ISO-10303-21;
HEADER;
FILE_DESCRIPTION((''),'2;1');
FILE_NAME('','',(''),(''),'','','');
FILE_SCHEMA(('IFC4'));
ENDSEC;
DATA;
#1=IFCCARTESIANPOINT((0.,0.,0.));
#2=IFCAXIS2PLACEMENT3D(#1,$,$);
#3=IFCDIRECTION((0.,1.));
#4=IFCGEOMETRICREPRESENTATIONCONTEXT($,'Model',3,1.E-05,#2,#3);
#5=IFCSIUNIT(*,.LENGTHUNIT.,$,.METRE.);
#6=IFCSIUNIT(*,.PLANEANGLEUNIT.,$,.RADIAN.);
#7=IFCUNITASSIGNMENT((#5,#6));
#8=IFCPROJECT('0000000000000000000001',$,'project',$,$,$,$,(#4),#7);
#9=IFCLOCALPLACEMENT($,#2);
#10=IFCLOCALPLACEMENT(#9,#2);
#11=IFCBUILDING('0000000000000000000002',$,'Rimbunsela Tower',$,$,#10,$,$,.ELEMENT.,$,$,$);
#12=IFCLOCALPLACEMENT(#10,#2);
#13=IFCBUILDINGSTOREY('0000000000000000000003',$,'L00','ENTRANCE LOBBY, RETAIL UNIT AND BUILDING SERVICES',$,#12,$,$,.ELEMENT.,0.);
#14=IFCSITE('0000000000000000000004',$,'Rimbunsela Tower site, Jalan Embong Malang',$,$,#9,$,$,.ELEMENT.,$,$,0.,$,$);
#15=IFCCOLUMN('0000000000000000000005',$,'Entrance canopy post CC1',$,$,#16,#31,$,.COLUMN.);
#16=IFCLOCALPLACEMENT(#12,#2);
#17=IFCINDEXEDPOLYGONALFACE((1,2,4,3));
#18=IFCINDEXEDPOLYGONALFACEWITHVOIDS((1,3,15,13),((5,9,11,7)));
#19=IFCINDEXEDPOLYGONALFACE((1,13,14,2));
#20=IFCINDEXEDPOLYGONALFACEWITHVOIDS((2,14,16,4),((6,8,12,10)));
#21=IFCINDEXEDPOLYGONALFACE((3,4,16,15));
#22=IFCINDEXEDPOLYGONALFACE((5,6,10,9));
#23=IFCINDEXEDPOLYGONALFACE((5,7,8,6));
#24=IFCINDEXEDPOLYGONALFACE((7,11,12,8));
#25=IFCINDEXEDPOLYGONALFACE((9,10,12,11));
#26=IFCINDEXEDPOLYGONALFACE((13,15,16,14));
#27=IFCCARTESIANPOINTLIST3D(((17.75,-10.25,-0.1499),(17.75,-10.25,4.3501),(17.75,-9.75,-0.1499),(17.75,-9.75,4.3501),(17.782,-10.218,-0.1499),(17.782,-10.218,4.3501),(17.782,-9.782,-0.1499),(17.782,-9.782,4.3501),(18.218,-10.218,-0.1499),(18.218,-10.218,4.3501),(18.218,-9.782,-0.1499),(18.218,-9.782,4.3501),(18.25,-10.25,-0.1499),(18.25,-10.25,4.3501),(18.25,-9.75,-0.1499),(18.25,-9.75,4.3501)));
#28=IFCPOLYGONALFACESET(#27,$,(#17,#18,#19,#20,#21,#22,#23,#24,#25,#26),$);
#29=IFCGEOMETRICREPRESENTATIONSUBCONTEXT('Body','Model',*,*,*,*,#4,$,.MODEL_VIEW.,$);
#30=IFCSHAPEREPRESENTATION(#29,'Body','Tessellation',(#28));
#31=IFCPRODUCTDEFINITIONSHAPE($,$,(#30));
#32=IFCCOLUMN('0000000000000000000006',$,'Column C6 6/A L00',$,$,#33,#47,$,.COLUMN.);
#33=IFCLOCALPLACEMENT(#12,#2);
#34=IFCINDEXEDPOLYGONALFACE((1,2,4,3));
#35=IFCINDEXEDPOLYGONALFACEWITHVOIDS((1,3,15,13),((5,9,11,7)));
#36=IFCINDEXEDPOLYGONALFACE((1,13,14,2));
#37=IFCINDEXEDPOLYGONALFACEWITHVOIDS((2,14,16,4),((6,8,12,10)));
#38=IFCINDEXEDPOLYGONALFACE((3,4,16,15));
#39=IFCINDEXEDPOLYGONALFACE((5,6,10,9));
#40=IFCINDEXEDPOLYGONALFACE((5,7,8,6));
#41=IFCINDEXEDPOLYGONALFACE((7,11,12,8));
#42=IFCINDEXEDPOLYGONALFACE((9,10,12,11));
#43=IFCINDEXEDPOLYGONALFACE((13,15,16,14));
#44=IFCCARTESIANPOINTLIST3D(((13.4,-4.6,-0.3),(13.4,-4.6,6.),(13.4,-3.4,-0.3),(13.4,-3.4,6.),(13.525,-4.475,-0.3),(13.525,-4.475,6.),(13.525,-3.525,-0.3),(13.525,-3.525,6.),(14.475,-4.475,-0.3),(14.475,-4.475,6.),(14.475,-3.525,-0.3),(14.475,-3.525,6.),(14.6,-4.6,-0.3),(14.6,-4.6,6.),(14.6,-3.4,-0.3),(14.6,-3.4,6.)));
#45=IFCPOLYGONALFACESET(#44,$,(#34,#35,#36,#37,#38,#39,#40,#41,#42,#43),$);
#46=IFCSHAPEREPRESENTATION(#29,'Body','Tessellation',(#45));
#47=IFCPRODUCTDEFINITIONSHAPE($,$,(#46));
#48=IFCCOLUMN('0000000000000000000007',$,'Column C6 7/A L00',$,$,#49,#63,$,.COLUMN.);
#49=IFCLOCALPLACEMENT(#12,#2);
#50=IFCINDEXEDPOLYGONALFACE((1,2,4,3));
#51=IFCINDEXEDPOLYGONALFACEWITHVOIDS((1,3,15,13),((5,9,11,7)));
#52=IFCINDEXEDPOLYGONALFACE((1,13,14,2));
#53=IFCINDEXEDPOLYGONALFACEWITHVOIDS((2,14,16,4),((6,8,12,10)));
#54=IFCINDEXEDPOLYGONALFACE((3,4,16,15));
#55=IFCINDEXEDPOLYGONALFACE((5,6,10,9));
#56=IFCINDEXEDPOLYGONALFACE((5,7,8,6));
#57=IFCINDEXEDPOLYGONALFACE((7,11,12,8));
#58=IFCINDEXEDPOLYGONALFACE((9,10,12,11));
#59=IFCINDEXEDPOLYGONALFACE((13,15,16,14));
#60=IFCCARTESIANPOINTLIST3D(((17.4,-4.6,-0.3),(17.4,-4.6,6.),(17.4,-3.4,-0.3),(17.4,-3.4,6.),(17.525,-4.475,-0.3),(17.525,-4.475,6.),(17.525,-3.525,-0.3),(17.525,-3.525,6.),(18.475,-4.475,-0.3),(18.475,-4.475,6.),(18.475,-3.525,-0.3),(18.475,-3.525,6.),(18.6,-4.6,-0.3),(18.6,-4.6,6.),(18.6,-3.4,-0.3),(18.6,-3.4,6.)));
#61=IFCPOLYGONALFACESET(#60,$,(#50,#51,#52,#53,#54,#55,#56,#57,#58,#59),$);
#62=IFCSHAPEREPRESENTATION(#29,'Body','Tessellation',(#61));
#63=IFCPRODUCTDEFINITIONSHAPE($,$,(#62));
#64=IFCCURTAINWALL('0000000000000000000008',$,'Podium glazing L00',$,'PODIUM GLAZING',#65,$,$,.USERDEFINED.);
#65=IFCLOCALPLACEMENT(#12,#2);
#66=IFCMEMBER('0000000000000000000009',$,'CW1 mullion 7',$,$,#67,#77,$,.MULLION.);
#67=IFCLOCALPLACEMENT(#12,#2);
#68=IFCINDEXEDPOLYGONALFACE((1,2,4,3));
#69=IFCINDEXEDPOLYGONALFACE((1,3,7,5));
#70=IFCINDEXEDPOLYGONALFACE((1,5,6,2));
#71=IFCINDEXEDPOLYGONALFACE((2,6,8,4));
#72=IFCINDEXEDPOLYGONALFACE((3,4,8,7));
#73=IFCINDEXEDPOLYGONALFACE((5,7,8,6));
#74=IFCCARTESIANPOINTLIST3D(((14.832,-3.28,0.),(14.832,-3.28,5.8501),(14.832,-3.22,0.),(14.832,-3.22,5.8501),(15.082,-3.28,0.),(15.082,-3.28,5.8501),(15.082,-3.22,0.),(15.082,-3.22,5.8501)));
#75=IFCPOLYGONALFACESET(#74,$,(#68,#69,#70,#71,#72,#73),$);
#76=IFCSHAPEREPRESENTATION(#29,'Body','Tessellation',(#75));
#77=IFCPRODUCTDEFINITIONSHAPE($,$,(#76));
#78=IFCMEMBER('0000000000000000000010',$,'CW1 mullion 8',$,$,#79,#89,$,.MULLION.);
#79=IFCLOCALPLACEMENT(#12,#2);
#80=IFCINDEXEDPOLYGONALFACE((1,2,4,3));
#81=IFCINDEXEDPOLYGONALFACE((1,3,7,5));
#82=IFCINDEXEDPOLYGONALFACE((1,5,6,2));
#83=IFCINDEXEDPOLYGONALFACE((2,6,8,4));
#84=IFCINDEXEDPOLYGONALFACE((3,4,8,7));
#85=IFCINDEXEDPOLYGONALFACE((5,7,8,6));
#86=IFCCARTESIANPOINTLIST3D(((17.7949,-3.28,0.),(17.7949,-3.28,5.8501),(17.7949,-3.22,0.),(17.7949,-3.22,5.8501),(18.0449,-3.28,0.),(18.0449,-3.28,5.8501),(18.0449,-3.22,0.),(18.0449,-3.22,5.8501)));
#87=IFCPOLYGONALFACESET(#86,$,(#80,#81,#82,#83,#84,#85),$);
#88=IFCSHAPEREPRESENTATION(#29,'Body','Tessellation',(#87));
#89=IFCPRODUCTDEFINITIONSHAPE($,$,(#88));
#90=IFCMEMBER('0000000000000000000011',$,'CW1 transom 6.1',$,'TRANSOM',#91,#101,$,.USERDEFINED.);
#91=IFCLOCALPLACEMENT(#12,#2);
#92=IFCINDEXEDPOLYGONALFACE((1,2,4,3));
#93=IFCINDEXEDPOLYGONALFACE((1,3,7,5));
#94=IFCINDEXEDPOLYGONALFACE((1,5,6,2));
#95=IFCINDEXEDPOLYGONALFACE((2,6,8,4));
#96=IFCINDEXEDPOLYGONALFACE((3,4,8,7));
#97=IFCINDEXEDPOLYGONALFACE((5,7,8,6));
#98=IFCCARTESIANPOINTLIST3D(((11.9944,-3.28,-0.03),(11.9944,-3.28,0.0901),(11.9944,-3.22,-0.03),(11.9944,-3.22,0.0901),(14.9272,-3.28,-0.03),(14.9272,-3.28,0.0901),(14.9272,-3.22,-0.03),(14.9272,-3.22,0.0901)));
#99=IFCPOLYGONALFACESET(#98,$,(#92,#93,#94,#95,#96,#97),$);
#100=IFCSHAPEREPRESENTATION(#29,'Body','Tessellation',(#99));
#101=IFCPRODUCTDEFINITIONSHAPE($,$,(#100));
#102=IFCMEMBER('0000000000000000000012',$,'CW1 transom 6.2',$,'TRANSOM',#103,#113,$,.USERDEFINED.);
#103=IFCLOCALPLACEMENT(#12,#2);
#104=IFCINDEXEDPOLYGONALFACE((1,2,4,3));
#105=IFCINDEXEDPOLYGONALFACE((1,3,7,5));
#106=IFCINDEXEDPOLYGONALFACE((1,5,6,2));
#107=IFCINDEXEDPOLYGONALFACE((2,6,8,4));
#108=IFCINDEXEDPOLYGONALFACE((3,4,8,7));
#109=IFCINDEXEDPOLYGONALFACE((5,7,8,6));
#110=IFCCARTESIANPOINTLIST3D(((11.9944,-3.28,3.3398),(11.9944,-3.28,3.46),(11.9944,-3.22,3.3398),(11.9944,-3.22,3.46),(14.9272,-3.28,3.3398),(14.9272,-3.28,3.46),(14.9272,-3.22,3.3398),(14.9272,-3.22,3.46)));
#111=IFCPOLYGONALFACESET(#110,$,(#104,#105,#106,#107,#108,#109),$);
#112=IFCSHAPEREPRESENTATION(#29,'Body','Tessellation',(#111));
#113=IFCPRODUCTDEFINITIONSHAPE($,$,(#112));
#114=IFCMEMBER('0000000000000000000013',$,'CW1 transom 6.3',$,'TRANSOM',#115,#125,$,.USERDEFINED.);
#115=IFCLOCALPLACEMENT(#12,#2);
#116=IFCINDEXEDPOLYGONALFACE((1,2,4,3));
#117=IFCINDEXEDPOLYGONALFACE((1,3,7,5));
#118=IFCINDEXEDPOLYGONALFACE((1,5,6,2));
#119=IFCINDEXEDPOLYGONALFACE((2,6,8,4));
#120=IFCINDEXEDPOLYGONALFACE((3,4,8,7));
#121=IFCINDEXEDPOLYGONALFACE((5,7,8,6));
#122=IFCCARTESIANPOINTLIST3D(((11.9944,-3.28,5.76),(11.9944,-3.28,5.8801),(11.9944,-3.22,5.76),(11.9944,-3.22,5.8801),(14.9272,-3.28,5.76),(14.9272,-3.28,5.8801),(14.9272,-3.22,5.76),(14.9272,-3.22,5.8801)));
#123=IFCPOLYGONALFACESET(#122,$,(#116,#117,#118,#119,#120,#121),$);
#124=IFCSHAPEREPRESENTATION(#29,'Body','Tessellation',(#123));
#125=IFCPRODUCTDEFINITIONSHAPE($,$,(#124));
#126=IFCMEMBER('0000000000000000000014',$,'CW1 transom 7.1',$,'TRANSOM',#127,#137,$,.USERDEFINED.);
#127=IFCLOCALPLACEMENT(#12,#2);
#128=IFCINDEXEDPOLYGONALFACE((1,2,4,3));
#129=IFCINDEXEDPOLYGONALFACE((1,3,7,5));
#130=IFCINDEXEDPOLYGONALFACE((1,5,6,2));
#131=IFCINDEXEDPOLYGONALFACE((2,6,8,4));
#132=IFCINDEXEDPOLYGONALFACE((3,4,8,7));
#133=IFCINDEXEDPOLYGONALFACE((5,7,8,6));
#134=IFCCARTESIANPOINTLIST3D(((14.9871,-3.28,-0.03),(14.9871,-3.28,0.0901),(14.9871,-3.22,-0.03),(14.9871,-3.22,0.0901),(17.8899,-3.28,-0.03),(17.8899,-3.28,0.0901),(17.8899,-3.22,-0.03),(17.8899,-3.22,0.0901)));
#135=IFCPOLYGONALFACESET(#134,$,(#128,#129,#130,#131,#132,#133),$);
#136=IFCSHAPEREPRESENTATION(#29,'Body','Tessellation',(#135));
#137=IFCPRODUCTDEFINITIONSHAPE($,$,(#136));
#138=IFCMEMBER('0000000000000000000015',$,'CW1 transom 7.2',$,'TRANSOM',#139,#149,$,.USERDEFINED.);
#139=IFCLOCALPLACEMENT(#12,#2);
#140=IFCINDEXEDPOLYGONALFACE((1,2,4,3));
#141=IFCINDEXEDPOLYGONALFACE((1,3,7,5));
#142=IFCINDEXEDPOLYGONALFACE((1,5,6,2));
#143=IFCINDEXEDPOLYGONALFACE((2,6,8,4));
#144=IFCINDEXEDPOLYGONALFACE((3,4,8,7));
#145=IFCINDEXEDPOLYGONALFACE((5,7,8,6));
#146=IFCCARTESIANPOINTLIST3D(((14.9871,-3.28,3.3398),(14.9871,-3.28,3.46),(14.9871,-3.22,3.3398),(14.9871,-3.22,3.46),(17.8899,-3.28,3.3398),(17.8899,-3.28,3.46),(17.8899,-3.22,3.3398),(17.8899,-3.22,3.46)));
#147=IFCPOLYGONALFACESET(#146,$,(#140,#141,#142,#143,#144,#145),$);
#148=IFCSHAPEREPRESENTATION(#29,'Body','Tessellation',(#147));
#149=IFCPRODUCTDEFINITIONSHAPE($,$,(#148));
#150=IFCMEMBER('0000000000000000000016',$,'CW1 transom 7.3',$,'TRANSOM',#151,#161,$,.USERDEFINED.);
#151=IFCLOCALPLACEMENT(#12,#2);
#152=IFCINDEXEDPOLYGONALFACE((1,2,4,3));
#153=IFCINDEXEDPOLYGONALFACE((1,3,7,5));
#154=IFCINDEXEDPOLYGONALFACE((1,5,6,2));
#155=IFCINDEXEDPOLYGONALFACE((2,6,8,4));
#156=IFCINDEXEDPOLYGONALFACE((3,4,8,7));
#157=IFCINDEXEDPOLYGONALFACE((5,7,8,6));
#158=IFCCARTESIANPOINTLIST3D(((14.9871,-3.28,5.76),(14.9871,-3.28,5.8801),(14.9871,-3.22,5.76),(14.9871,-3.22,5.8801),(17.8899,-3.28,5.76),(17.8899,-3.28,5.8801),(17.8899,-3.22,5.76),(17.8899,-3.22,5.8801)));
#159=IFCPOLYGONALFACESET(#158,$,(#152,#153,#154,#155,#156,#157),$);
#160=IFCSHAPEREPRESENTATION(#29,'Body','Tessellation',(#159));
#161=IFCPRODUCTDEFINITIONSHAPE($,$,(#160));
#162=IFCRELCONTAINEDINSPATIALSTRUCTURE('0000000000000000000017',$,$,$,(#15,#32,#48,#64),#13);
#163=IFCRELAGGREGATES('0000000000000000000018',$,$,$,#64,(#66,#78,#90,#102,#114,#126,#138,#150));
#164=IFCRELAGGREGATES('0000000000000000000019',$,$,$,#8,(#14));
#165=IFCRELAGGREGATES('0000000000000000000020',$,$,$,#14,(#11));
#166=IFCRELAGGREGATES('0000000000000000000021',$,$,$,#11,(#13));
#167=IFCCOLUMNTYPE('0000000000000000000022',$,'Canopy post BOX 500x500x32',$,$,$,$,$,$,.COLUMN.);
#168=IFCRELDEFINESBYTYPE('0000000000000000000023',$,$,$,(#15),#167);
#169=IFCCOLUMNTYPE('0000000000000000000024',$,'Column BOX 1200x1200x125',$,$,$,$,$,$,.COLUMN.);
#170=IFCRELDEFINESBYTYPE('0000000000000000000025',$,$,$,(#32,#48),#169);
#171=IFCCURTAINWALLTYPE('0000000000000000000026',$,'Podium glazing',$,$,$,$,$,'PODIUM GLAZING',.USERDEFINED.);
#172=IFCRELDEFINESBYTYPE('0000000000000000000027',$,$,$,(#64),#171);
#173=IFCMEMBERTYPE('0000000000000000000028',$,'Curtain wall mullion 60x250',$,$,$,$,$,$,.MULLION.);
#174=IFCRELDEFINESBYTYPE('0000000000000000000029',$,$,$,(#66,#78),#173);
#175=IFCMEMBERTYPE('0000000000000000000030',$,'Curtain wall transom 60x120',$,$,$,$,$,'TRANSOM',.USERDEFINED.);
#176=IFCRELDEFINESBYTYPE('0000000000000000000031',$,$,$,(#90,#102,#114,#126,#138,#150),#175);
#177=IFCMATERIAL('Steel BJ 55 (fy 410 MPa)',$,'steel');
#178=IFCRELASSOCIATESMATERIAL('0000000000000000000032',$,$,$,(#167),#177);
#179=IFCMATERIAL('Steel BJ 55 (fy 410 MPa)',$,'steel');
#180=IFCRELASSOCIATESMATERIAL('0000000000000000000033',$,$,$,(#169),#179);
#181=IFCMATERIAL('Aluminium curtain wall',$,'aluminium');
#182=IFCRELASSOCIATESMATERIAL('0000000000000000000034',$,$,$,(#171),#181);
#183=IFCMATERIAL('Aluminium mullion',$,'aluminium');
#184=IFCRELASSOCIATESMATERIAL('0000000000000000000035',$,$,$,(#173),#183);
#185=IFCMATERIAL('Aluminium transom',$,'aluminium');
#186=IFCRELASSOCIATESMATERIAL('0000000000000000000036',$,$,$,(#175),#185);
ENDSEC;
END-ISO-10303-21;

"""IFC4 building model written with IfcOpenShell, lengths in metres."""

from ifc_helpers import new_model, si_unit, direction, frame, origin, origin_2d, place, context, subcontext, project, spatial, rectangle, hollow_rectangle, extrude, material, material_profile, profile_set, type_object, element, aggregate, save


model = new_model("IFC4")

# Units and contexts
model_context = context("Model", 3, precision=1e-05, world=origin(), true_north=direction((0.0, 1.0)))
body_context = subcontext(model_context, "Body", "Model", "MODEL_VIEW")
ifc_project = project(units=[si_unit("LENGTHUNIT", "METRE"), si_unit("PLANEANGLEUNIT", "RADIAN")], contexts=[model_context])

# Site, building, storey
site_placement = place(None, origin())
site = spatial("IfcSite", under=ifc_project, at=site_placement, Name="Rimbunsela Tower site, Jalan Embong Malang", CompositionType="ELEMENT", RefElevation=0.0)
building_placement = place(site_placement, origin())
building = spatial("IfcBuilding", under=site, at=building_placement, Name="Rimbunsela Tower", CompositionType="ELEMENT")
storey_placement = place(building_placement, origin())
storey = spatial("IfcBuildingStorey", under=building, at=storey_placement, Name="L00", Description="ENTRANCE LOBBY, RETAIL UNIT AND BUILDING SERVICES", CompositionType="ELEMENT", Elevation=0.0)

# Columns
ifc_material_1 = material(Name="Steel BJ 55 (fy 410 MPa)", Category="steel")
ifc_material_profile_1 = material_profile(ifc_material_1, hollow_rectangle(XDim=0.5, YDim=0.5, WallThickness=0.032, at=origin_2d()), Name="BOX 500x500x32")
ifc_profile_set_1 = profile_set([ifc_material_profile_1], Name="Steel BJ 55 (fy 410 MPa)")
column_type_1 = type_object("IfcColumnType", Name="Canopy post BOX 500x500x32", PredefinedType="COLUMN", material=ifc_profile_set_1)
column_placement = place(storey_placement, frame((18.0, -10.0, -0.1499), z_axis=(0.0, 0.0, 1.0), x_axis=(1.0, 0.0, 0.0)))
element("IfcColumn", 1, at=column_placement, inside=storey, type_object=column_type_1, Name="Entrance canopy post CC1", PredefinedType="COLUMN", context=body_context, shape_type="SweptSolid", body=[
    extrude(hollow_rectangle(XDim=0.5, YDim=0.5, WallThickness=0.032, at=origin_2d()), origin(), (0.0, 0.0, 1.0), 4.5),
])
ifc_material_2 = material(Name="Steel BJ 55 (fy 410 MPa)", Category="steel")
ifc_material_profile_2 = material_profile(ifc_material_2, hollow_rectangle(XDim=1.2, YDim=1.2, WallThickness=0.125, at=origin_2d()), Name="BOX 1200x1200x125")
ifc_profile_set_2 = profile_set([ifc_material_profile_2], Name="Steel BJ 55 (fy 410 MPa)")
column_type_2 = type_object("IfcColumnType", Name="Column BOX 1200x1200x125", PredefinedType="COLUMN", material=ifc_profile_set_2)
for number, where, z_axis, x_axis, name in (
    (2, (14.0, -4.0, -0.3), (0.0, 0.0, 1.0), (1.0, 0.0, 0.0), "Column C6 6/A L00"),
    (3, (18.0, -4.0, -0.3), (0.0, 0.0, 1.0), (1.0, 0.0, 0.0), "Column C6 7/A L00"),
):
    element("IfcColumn", number, at=place(storey_placement, frame(where, z_axis=z_axis, x_axis=x_axis)), inside=storey, type_object=column_type_2, Name=name, PredefinedType="COLUMN", context=body_context, shape_type="SweptSolid", body=[
        extrude(hollow_rectangle(XDim=1.2, YDim=1.2, WallThickness=0.125, at=origin_2d()), origin(), (0.0, 0.0, 1.0), 6.3),
    ])

# Curtain wall, members
ifc_material_3 = material(Name="Aluminium curtain wall", Category="aluminium")
curtain_wall_type = type_object("IfcCurtainWallType", Name="Podium glazing", ElementType="PODIUM GLAZING", PredefinedType="USERDEFINED", material=ifc_material_3)
curtain_wall_placement = place(storey_placement, origin())
curtain_wall = element("IfcCurtainWall", 4, at=curtain_wall_placement, inside=storey, type_object=curtain_wall_type, Name="Podium glazing L00", ObjectType="PODIUM GLAZING", PredefinedType="USERDEFINED")
ifc_material_4 = material(Name="Aluminium mullion", Category="aluminium")
ifc_material_profile_3 = material_profile(ifc_material_4, rectangle(XDim=0.0601, YDim=0.25, at=origin_2d()), Name="Mullion 60x250")
ifc_profile_set_3 = profile_set([ifc_material_profile_3], Name="Aluminium mullion")
member_type_1 = type_object("IfcMemberType", Name="Curtain wall mullion 60x250", PredefinedType="MULLION", material=ifc_profile_set_3)
member_1_placement = place(storey_placement, frame((14.957, -3.25, 0.0), z_axis=(0.0, 0.0, 1.0), x_axis=(0.0, 1.0, 0.0)))
member_1 = element("IfcMember", 5, at=member_1_placement, type_object=member_type_1, Name="CW1 mullion 7", PredefinedType="MULLION", context=body_context, shape_type="SweptSolid", body=[
    extrude(rectangle(XDim=0.0601, YDim=0.25, at=origin_2d()), origin(), (0.0, 0.0, 1.0), 5.8501),
])
member_2_placement = place(storey_placement, frame((17.9199, -3.25, 0.0), z_axis=(0.0, 0.0, 1.0), x_axis=(0.0, 1.0, 0.0)))
member_2 = element("IfcMember", 6, at=member_2_placement, type_object=member_type_1, Name="CW1 mullion 8", PredefinedType="MULLION", context=body_context, shape_type="SweptSolid", body=[
    extrude(rectangle(XDim=0.0601, YDim=0.25, at=origin_2d()), origin(), (0.0, 0.0, 1.0), 5.8501),
])
ifc_material_5 = material(Name="Aluminium transom", Category="aluminium")
ifc_material_profile_4 = material_profile(ifc_material_5, rectangle(XDim=0.0601, YDim=0.1201, at=origin_2d()), Name="Transom 60x120")
ifc_profile_set_4 = profile_set([ifc_material_profile_4], Name="Aluminium transom")
member_type_2 = type_object("IfcMemberType", Name="Curtain wall transom 60x120", ElementType="TRANSOM", PredefinedType="USERDEFINED", material=ifc_profile_set_4)
member_3_placement = place(storey_placement, frame((11.9944, -3.25, 0.03), z_axis=(1.0, 0.0, 0.0), x_axis=(0.0, 1.0, 0.0)))
member_3 = element("IfcMember", 7, at=member_3_placement, type_object=member_type_2, Name="CW1 transom 6.1", ObjectType="TRANSOM", PredefinedType="USERDEFINED", context=body_context, shape_type="SweptSolid", body=[
    extrude(rectangle(XDim=0.0601, YDim=0.1201, at=origin_2d()), origin(), (0.0, 0.0, 1.0), 2.9329),
])
member_4_placement = place(storey_placement, frame((11.9944, -3.25, 3.3999), z_axis=(1.0, 0.0, 0.0), x_axis=(0.0, 1.0, 0.0)))
member_4 = element("IfcMember", 8, at=member_4_placement, type_object=member_type_2, Name="CW1 transom 6.2", ObjectType="TRANSOM", PredefinedType="USERDEFINED", context=body_context, shape_type="SweptSolid", body=[
    extrude(rectangle(XDim=0.0601, YDim=0.1201, at=origin_2d()), origin(), (0.0, 0.0, 1.0), 2.9329),
])
member_5_placement = place(storey_placement, frame((11.9944, -3.25, 5.8201), z_axis=(1.0, 0.0, 0.0), x_axis=(0.0, 1.0, 0.0)))
member_5 = element("IfcMember", 9, at=member_5_placement, type_object=member_type_2, Name="CW1 transom 6.3", ObjectType="TRANSOM", PredefinedType="USERDEFINED", context=body_context, shape_type="SweptSolid", body=[
    extrude(rectangle(XDim=0.0601, YDim=0.1201, at=origin_2d()), origin(), (0.0, 0.0, 1.0), 2.9329),
])
member_6_placement = place(storey_placement, frame((14.9871, -3.25, 0.03), z_axis=(1.0, 0.0, 0.0), x_axis=(0.0, 1.0, 0.0)))
member_6 = element("IfcMember", 10, at=member_6_placement, type_object=member_type_2, Name="CW1 transom 7.1", ObjectType="TRANSOM", PredefinedType="USERDEFINED", context=body_context, shape_type="SweptSolid", body=[
    extrude(rectangle(XDim=0.0601, YDim=0.1201, at=origin_2d()), origin(), (0.0, 0.0, 1.0), 2.9028),
])
member_7_placement = place(storey_placement, frame((14.9871, -3.25, 3.3999), z_axis=(1.0, 0.0, 0.0), x_axis=(0.0, 1.0, 0.0)))
member_7 = element("IfcMember", 11, at=member_7_placement, type_object=member_type_2, Name="CW1 transom 7.2", ObjectType="TRANSOM", PredefinedType="USERDEFINED", context=body_context, shape_type="SweptSolid", body=[
    extrude(rectangle(XDim=0.0601, YDim=0.1201, at=origin_2d()), origin(), (0.0, 0.0, 1.0), 2.9028),
])
member_8_placement = place(storey_placement, frame((14.9871, -3.25, 5.8201), z_axis=(1.0, 0.0, 0.0), x_axis=(0.0, 1.0, 0.0)))
member_8 = element("IfcMember", 12, at=member_8_placement, type_object=member_type_2, Name="CW1 transom 7.3", ObjectType="TRANSOM", PredefinedType="USERDEFINED", context=body_context, shape_type="SweptSolid", body=[
    extrude(rectangle(XDim=0.0601, YDim=0.1201, at=origin_2d()), origin(), (0.0, 0.0, 1.0), 2.9028),
])

aggregate(curtain_wall, [member_1, member_2, member_3, member_4, member_5, member_6, member_7, member_8])

save(model, "model.ifc")
